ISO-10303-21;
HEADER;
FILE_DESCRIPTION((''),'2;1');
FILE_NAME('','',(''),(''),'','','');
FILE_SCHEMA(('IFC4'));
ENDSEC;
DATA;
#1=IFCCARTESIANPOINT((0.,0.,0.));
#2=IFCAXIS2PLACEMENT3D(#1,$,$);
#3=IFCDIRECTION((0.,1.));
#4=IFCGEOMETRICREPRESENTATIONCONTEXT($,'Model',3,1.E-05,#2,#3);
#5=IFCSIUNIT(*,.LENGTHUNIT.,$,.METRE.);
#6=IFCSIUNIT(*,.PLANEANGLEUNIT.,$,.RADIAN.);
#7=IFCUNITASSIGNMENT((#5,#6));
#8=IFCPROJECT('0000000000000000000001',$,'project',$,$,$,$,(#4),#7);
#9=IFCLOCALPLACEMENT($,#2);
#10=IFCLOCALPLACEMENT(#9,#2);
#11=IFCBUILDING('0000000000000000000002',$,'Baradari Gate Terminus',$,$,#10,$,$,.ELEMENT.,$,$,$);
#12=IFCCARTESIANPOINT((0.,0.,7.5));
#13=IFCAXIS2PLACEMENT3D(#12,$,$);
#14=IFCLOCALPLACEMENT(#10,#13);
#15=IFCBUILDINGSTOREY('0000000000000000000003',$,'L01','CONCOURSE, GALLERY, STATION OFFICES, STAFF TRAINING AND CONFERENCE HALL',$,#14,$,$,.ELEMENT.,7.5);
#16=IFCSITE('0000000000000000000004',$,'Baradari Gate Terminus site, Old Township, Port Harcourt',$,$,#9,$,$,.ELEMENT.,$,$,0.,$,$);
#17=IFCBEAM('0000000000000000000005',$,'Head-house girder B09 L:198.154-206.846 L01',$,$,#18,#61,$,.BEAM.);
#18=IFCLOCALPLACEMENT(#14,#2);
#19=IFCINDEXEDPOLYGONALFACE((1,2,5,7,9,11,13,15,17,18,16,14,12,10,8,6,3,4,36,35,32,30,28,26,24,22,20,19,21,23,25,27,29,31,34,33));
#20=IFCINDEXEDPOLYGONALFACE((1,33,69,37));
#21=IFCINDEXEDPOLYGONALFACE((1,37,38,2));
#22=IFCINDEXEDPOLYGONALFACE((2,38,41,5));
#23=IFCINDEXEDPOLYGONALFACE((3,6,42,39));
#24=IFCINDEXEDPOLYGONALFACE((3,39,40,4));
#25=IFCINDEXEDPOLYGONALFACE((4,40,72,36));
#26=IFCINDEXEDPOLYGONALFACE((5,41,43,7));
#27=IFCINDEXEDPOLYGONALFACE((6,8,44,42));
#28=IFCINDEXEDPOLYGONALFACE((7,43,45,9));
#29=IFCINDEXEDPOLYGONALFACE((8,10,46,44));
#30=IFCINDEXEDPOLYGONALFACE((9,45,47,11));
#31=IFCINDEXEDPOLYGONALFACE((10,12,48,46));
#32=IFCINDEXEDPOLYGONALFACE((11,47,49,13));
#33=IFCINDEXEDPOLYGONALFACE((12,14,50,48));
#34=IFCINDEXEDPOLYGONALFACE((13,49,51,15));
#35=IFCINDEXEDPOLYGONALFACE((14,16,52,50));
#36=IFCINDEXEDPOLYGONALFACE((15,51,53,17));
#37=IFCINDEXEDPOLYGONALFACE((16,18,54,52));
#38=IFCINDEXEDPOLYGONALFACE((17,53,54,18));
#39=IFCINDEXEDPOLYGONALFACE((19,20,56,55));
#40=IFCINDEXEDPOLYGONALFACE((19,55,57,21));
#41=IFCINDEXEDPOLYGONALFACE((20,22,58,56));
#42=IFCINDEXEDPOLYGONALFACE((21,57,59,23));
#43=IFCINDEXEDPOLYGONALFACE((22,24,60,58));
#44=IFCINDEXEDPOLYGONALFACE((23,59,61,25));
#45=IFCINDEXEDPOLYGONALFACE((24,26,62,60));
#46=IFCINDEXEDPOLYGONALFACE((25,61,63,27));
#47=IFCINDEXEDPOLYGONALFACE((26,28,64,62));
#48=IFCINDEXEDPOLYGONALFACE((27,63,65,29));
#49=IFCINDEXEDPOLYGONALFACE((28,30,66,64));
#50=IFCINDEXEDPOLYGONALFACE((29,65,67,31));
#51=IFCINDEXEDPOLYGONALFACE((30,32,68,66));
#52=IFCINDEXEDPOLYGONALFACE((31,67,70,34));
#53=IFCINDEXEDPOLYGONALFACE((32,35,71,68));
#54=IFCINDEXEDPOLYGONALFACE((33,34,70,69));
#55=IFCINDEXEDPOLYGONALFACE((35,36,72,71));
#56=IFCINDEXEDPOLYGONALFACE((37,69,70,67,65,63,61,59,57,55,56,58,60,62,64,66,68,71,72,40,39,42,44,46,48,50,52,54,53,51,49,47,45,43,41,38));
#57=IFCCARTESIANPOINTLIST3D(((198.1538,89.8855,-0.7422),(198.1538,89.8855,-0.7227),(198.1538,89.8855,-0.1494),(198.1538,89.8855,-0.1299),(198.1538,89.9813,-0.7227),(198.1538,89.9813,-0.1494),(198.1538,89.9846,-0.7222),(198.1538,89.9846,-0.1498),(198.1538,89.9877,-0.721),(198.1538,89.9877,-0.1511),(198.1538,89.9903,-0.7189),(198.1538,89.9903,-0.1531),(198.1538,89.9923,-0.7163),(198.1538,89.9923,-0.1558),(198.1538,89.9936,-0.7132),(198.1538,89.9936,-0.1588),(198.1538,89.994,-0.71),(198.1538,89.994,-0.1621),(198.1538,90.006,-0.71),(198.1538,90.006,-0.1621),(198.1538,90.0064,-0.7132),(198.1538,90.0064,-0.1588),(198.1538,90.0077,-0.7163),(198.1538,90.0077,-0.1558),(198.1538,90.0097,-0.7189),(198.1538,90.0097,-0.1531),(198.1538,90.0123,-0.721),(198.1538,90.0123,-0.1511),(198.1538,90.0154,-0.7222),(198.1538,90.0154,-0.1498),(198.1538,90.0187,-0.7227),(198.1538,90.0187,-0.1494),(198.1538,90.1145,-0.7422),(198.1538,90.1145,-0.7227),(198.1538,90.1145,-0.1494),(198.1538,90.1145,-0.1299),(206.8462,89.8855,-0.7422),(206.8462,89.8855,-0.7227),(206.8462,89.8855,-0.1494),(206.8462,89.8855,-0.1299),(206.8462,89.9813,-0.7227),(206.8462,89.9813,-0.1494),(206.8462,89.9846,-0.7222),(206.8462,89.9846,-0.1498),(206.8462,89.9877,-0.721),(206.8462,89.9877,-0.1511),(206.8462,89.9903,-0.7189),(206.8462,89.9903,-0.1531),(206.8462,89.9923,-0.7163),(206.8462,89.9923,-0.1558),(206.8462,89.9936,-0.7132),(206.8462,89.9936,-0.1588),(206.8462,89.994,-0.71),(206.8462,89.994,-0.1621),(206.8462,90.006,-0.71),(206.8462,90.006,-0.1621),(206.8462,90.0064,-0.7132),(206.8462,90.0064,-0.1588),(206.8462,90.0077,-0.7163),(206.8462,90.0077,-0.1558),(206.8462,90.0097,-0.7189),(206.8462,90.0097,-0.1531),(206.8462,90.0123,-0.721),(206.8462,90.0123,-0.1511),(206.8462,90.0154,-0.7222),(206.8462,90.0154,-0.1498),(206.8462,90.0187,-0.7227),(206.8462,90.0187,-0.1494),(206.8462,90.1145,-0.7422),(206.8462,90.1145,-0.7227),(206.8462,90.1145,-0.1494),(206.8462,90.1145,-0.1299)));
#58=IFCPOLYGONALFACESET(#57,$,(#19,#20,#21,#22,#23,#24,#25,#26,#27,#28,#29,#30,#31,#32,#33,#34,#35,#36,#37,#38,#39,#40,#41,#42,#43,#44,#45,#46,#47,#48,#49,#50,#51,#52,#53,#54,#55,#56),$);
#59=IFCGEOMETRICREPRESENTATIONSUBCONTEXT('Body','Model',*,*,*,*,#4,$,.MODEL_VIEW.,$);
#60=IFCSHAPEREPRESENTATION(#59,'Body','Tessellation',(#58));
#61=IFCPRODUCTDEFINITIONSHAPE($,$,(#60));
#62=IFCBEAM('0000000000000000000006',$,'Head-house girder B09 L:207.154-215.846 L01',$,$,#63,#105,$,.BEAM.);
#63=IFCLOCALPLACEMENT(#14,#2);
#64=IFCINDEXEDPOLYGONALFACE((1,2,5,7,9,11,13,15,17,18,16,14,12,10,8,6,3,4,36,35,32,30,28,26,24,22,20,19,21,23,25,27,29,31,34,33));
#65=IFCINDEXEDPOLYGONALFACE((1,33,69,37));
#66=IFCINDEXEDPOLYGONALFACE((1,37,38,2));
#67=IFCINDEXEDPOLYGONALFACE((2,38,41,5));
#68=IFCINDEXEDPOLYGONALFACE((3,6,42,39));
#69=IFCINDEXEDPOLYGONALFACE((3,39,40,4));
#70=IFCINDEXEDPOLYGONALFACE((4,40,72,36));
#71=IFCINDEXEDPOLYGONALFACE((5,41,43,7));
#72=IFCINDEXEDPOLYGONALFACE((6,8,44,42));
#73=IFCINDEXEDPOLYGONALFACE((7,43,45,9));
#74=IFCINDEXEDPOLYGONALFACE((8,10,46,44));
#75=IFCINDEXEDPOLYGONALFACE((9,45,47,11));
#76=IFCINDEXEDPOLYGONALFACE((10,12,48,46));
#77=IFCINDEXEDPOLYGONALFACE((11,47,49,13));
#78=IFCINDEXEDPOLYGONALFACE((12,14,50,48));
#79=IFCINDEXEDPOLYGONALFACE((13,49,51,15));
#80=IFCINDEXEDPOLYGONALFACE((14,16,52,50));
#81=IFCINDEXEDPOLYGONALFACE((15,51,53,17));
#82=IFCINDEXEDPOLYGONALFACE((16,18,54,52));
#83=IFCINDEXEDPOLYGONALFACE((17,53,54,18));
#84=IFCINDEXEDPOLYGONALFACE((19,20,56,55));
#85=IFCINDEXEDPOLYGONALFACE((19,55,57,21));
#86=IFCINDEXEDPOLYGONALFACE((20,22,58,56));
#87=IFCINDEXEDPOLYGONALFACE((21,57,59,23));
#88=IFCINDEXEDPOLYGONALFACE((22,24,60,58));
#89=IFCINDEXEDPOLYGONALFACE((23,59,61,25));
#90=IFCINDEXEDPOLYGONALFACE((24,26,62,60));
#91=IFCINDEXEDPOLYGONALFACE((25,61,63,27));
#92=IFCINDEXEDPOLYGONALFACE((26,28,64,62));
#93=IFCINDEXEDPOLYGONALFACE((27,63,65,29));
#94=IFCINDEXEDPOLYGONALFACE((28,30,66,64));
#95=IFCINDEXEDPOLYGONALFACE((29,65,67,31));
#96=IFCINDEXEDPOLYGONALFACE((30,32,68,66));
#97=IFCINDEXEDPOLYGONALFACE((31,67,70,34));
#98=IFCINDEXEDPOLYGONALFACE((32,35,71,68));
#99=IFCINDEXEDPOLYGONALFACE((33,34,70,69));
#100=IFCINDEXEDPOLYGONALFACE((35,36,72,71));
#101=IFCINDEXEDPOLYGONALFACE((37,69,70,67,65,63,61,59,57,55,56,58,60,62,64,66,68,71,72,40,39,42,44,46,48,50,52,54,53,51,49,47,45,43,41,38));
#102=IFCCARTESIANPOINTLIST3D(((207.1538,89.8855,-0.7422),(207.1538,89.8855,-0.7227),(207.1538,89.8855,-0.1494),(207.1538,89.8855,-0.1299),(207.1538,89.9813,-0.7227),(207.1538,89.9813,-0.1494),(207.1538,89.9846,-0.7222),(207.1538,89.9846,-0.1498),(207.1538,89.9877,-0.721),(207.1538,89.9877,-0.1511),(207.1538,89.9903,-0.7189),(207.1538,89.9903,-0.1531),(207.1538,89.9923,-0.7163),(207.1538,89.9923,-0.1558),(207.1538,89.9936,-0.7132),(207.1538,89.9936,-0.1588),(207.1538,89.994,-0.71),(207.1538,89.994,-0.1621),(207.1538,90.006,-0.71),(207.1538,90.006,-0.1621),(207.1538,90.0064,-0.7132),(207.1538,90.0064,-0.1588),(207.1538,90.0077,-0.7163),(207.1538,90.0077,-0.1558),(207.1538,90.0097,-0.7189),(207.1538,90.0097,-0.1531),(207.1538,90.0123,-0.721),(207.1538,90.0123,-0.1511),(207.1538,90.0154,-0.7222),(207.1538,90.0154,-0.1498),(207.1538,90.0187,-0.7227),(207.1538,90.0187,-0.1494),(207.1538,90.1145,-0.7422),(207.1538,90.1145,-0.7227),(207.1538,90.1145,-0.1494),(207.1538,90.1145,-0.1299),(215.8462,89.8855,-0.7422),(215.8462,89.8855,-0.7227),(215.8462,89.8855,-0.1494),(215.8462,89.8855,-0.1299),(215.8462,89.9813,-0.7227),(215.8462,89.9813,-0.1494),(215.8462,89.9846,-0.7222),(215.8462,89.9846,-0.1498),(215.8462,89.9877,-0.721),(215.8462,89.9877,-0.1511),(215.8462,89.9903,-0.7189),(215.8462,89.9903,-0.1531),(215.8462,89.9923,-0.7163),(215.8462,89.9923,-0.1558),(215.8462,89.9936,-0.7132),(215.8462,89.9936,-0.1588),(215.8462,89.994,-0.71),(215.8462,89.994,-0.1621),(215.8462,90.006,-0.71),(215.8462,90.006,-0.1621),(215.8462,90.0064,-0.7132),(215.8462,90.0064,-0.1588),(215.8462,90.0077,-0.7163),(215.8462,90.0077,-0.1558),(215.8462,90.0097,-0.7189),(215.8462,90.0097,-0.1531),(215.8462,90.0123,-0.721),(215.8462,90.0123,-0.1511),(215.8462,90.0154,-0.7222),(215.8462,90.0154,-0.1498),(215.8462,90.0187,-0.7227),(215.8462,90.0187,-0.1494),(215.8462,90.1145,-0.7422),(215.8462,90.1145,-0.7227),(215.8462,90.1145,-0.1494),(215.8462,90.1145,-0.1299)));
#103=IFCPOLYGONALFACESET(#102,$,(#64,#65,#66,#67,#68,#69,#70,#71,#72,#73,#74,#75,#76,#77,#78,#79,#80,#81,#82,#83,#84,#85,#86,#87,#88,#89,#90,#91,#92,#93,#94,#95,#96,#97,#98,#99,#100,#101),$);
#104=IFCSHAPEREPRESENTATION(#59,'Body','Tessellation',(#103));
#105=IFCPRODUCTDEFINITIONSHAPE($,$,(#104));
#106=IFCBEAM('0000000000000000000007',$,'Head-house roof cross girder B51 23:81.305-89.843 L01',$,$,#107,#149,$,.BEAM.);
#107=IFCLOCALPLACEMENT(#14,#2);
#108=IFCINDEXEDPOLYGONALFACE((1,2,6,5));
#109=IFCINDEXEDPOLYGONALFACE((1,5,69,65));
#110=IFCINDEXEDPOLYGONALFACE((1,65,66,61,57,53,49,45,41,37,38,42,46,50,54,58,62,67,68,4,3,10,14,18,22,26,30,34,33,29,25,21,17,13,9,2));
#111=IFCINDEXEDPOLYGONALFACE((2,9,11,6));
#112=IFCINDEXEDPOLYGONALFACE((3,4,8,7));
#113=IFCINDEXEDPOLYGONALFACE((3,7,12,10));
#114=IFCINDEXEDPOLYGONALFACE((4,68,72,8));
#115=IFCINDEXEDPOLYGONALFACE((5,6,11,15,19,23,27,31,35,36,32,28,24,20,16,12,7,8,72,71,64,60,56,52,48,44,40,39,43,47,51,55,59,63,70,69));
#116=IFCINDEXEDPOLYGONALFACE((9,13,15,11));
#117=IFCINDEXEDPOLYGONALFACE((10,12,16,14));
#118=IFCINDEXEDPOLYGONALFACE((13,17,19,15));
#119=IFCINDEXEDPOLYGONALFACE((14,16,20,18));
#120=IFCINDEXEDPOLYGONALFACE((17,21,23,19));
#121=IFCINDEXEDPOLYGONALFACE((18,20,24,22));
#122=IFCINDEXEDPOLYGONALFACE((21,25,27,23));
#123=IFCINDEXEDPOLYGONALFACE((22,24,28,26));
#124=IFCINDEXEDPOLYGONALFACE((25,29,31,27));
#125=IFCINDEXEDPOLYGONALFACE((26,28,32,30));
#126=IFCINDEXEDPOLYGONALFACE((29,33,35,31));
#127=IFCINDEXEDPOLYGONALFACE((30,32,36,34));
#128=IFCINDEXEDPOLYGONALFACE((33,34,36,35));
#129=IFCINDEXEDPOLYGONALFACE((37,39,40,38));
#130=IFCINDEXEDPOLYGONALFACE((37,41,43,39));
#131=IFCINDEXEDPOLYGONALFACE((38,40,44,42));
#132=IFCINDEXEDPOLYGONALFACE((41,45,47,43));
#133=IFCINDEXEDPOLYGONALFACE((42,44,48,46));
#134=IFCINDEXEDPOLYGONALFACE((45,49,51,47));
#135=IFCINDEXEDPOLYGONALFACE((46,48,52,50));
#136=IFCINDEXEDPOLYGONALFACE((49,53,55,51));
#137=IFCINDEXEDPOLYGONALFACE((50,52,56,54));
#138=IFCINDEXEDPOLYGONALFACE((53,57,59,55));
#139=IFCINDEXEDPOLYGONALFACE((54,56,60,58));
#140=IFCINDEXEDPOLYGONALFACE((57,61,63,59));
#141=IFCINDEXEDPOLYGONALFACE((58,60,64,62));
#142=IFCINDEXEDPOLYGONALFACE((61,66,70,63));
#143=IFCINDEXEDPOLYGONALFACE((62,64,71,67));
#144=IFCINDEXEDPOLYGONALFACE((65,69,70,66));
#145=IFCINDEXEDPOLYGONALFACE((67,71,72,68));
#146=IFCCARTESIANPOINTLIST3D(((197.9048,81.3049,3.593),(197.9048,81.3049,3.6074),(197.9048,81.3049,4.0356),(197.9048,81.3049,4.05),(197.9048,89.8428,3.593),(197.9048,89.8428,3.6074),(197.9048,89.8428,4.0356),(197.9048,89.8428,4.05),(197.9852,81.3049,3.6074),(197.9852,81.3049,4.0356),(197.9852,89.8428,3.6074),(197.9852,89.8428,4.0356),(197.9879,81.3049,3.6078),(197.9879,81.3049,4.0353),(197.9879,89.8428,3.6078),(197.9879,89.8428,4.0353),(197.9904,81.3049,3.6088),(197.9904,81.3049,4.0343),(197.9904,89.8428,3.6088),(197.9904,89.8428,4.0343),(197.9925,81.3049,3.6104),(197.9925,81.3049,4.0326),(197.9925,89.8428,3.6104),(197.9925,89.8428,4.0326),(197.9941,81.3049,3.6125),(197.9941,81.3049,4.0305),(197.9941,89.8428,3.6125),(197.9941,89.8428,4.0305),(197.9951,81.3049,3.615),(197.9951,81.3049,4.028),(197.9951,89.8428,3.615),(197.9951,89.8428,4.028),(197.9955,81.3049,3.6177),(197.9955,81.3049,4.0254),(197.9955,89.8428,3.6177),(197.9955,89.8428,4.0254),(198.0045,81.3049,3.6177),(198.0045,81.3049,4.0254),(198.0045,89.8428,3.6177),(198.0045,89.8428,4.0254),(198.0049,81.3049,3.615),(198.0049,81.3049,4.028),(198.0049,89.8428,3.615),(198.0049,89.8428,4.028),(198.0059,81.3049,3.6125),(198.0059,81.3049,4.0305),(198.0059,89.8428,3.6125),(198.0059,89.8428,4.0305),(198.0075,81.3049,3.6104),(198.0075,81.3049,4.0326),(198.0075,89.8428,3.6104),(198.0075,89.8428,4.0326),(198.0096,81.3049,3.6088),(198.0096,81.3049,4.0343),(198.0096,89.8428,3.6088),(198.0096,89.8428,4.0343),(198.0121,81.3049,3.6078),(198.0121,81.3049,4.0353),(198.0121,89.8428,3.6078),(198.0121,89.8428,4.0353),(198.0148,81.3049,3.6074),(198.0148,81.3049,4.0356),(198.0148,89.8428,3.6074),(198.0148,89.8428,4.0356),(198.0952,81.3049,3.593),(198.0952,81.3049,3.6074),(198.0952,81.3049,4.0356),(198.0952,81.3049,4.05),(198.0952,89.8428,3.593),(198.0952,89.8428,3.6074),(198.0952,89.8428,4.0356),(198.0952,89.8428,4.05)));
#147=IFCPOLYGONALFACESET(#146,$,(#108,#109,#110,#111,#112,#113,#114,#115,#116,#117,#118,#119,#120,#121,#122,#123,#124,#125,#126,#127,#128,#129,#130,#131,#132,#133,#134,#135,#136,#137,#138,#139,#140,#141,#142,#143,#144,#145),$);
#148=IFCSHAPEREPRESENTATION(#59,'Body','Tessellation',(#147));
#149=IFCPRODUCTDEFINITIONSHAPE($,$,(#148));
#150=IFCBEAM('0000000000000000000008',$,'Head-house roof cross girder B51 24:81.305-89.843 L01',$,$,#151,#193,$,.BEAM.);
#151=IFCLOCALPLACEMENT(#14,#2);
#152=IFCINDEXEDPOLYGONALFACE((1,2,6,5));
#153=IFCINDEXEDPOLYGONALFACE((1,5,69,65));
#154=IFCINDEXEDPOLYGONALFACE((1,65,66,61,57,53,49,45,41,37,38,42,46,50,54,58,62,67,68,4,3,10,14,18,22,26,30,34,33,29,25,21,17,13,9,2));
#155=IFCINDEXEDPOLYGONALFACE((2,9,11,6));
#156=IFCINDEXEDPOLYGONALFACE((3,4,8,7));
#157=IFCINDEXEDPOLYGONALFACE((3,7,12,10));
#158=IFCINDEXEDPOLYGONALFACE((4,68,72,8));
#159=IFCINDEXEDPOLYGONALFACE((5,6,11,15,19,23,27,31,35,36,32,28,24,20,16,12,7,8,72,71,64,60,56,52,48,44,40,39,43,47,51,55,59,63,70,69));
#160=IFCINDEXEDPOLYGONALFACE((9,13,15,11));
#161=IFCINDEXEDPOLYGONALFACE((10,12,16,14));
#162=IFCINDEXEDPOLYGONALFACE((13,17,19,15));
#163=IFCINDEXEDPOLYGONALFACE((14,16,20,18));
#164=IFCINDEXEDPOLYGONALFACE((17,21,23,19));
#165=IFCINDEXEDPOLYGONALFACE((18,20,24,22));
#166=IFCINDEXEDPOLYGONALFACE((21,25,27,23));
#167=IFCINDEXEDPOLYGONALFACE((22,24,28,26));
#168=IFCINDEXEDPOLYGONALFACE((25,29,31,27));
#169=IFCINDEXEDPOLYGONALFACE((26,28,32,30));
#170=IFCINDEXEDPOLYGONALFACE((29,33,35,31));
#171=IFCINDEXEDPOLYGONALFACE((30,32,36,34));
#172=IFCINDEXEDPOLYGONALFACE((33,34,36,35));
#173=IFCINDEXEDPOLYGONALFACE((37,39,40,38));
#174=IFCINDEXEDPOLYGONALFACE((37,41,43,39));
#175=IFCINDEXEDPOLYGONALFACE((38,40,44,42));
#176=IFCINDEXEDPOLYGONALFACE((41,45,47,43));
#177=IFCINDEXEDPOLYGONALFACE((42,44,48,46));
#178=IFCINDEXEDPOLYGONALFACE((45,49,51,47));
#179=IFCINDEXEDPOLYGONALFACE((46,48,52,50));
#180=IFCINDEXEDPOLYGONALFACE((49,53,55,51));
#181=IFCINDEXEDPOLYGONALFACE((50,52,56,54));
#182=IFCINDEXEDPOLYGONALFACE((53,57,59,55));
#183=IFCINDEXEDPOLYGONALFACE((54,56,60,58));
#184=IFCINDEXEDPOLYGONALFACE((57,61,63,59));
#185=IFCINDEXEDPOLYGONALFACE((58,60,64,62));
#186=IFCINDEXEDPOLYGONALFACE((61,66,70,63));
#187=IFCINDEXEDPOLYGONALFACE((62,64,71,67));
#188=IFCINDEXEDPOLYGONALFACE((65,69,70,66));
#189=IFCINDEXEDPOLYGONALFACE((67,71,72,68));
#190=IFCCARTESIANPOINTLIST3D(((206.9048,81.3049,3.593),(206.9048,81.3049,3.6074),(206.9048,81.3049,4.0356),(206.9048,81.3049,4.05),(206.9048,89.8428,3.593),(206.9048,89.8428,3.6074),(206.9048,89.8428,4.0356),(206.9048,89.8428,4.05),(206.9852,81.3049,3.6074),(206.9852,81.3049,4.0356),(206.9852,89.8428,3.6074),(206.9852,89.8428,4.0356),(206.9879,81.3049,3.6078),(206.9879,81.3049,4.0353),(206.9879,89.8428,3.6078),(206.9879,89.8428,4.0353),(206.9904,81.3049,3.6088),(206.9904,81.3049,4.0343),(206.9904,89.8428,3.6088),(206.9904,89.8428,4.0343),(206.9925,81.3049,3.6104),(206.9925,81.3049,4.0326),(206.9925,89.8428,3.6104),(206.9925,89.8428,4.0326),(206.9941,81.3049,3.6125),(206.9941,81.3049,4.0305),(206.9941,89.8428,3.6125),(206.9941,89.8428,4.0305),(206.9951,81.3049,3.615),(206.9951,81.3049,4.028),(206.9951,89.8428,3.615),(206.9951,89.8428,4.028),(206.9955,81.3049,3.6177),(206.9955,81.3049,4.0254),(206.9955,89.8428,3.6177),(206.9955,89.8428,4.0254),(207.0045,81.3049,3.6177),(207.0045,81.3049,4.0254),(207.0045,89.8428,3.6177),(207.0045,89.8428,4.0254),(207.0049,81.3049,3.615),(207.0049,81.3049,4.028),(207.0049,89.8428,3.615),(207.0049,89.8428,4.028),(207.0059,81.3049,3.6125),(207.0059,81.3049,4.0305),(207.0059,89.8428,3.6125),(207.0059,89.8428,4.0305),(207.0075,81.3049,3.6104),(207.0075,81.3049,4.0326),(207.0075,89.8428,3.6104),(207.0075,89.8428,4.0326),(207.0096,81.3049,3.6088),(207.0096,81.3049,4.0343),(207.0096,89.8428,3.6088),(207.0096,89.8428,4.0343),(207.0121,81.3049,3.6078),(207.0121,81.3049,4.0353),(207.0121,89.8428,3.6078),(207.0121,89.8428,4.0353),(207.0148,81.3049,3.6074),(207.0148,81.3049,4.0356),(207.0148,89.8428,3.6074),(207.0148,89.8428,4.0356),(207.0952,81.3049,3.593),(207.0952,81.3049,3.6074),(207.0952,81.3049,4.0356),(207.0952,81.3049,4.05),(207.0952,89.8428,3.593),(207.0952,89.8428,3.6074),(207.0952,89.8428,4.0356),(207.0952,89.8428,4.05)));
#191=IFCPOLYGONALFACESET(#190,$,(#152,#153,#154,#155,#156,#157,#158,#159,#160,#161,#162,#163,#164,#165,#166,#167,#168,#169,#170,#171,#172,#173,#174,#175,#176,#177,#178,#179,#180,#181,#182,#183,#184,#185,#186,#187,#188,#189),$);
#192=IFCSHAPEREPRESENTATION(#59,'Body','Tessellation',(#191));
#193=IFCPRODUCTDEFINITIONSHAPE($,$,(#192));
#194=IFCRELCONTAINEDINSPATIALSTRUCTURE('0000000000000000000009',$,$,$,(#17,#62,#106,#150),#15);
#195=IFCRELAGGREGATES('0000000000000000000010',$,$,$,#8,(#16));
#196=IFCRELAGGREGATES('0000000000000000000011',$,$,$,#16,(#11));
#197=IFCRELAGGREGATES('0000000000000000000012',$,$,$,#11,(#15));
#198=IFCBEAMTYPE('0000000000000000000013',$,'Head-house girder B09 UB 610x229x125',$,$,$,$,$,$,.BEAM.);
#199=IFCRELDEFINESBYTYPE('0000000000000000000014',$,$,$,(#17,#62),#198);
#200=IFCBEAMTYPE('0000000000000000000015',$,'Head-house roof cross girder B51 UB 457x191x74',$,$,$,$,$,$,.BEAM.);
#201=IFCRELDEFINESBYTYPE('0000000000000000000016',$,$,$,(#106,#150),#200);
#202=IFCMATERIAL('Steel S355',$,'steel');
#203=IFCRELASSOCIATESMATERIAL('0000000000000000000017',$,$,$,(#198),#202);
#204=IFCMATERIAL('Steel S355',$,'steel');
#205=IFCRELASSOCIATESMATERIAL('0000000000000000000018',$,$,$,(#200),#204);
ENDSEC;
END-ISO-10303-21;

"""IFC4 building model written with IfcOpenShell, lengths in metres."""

from ifc_helpers import new_model, si_unit, direction, frame, origin, origin_2d, place, context, subcontext, project, spatial, i_section, extrude, material, material_profile, profile_set, type_object, element, save


model = new_model("IFC4")

# Units and contexts
model_context = context("Model", 3, precision=1e-05, world=origin(), true_north=direction((0.0, 1.0)))
body_context = subcontext(model_context, "Body", "Model", "MODEL_VIEW")
ifc_project = project(units=[si_unit("LENGTHUNIT", "METRE"), si_unit("PLANEANGLEUNIT", "RADIAN")], contexts=[model_context])

# Site, building, storey
site_placement = place(None, origin())
site = spatial("IfcSite", under=ifc_project, at=site_placement, Name="Baradari Gate Terminus site, Old Township, Port Harcourt", CompositionType="ELEMENT", RefElevation=0.0)
building_placement = place(site_placement, origin())
building = spatial("IfcBuilding", under=site, at=building_placement, Name="Baradari Gate Terminus", CompositionType="ELEMENT")
storey_placement = place(building_placement, frame((0.0, 0.0, 7.5)))
storey = spatial("IfcBuildingStorey", under=building, at=storey_placement, Name="L01", Description="CONCOURSE, GALLERY, STATION OFFICES, STAFF TRAINING AND CONFERENCE HALL", CompositionType="ELEMENT", Elevation=7.5)

# Beams
ifc_material_1 = material(Name="Steel S355", Category="steel")
ifc_material_profile_1 = material_profile(ifc_material_1, i_section(OverallWidth=0.229, OverallDepth=0.6123, WebThickness=0.012, FlangeThickness=0.0195, FilletRadius=0.0127, at=origin_2d()), Name="UB 610x229x125")
ifc_profile_set_1 = profile_set([ifc_material_profile_1], Name="Steel S355")
beam_type_1 = type_object("IfcBeamType", Name="Head-house girder B09 UB 610x229x125", PredefinedType="BEAM", material=ifc_profile_set_1)
for number, where, z_axis, x_axis, name in (
    (1, (198.1538, 90.0, -0.436), (1.0, 0.0, 0.0), (0.0, 1.0, 0.0), "Head-house girder B09 L:198.154-206.846 L01"),
    (2, (207.1538, 90.0, -0.436), (1.0, 0.0, 0.0), (0.0, 1.0, 0.0), "Head-house girder B09 L:207.154-215.846 L01"),
):
    element("IfcBeam", number, at=place(storey_placement, frame(where, z_axis=z_axis, x_axis=x_axis)), inside=storey, type_object=beam_type_1, Name=name, PredefinedType="BEAM", context=body_context, shape_type="SweptSolid", body=[
        extrude(i_section(OverallWidth=0.229, OverallDepth=0.6123, WebThickness=0.012, FlangeThickness=0.0195, FilletRadius=0.0127, at=origin_2d()), origin(), (0.0, 0.0, 1.0), 8.6924),
    ])
ifc_material_2 = material(Name="Steel S355", Category="steel")
ifc_material_profile_2 = material_profile(ifc_material_2, i_section(OverallWidth=0.1904, OverallDepth=0.457, WebThickness=0.009, FlangeThickness=0.0144, FilletRadius=0.0103, at=origin_2d()), Name="UB 457x191x74")
ifc_profile_set_2 = profile_set([ifc_material_profile_2], Name="Steel S355")
beam_type_2 = type_object("IfcBeamType", Name="Head-house roof cross girder B51 UB 457x191x74", PredefinedType="BEAM", material=ifc_profile_set_2)
for number, where, z_axis, x_axis, name in (
    (3, (198.0, 81.3049, 3.8215), (0.0, 1.0, 0.0), (-1.0, 0.0, 0.0), "Head-house roof cross girder B51 23:81.305-89.843 L01"),
    (4, (207.0, 81.3049, 3.8215), (0.0, 1.0, 0.0), (-1.0, 0.0, 0.0), "Head-house roof cross girder B51 24:81.305-89.843 L01"),
):
    element("IfcBeam", number, at=place(storey_placement, frame(where, z_axis=z_axis, x_axis=x_axis)), inside=storey, type_object=beam_type_2, Name=name, PredefinedType="BEAM", context=body_context, shape_type="SweptSolid", body=[
        extrude(i_section(OverallWidth=0.1904, OverallDepth=0.457, WebThickness=0.009, FlangeThickness=0.0144, FilletRadius=0.0103, at=origin_2d()), origin(), (0.0, 0.0, 1.0), 8.5378),
    ])

save(model, "model.ifc")
